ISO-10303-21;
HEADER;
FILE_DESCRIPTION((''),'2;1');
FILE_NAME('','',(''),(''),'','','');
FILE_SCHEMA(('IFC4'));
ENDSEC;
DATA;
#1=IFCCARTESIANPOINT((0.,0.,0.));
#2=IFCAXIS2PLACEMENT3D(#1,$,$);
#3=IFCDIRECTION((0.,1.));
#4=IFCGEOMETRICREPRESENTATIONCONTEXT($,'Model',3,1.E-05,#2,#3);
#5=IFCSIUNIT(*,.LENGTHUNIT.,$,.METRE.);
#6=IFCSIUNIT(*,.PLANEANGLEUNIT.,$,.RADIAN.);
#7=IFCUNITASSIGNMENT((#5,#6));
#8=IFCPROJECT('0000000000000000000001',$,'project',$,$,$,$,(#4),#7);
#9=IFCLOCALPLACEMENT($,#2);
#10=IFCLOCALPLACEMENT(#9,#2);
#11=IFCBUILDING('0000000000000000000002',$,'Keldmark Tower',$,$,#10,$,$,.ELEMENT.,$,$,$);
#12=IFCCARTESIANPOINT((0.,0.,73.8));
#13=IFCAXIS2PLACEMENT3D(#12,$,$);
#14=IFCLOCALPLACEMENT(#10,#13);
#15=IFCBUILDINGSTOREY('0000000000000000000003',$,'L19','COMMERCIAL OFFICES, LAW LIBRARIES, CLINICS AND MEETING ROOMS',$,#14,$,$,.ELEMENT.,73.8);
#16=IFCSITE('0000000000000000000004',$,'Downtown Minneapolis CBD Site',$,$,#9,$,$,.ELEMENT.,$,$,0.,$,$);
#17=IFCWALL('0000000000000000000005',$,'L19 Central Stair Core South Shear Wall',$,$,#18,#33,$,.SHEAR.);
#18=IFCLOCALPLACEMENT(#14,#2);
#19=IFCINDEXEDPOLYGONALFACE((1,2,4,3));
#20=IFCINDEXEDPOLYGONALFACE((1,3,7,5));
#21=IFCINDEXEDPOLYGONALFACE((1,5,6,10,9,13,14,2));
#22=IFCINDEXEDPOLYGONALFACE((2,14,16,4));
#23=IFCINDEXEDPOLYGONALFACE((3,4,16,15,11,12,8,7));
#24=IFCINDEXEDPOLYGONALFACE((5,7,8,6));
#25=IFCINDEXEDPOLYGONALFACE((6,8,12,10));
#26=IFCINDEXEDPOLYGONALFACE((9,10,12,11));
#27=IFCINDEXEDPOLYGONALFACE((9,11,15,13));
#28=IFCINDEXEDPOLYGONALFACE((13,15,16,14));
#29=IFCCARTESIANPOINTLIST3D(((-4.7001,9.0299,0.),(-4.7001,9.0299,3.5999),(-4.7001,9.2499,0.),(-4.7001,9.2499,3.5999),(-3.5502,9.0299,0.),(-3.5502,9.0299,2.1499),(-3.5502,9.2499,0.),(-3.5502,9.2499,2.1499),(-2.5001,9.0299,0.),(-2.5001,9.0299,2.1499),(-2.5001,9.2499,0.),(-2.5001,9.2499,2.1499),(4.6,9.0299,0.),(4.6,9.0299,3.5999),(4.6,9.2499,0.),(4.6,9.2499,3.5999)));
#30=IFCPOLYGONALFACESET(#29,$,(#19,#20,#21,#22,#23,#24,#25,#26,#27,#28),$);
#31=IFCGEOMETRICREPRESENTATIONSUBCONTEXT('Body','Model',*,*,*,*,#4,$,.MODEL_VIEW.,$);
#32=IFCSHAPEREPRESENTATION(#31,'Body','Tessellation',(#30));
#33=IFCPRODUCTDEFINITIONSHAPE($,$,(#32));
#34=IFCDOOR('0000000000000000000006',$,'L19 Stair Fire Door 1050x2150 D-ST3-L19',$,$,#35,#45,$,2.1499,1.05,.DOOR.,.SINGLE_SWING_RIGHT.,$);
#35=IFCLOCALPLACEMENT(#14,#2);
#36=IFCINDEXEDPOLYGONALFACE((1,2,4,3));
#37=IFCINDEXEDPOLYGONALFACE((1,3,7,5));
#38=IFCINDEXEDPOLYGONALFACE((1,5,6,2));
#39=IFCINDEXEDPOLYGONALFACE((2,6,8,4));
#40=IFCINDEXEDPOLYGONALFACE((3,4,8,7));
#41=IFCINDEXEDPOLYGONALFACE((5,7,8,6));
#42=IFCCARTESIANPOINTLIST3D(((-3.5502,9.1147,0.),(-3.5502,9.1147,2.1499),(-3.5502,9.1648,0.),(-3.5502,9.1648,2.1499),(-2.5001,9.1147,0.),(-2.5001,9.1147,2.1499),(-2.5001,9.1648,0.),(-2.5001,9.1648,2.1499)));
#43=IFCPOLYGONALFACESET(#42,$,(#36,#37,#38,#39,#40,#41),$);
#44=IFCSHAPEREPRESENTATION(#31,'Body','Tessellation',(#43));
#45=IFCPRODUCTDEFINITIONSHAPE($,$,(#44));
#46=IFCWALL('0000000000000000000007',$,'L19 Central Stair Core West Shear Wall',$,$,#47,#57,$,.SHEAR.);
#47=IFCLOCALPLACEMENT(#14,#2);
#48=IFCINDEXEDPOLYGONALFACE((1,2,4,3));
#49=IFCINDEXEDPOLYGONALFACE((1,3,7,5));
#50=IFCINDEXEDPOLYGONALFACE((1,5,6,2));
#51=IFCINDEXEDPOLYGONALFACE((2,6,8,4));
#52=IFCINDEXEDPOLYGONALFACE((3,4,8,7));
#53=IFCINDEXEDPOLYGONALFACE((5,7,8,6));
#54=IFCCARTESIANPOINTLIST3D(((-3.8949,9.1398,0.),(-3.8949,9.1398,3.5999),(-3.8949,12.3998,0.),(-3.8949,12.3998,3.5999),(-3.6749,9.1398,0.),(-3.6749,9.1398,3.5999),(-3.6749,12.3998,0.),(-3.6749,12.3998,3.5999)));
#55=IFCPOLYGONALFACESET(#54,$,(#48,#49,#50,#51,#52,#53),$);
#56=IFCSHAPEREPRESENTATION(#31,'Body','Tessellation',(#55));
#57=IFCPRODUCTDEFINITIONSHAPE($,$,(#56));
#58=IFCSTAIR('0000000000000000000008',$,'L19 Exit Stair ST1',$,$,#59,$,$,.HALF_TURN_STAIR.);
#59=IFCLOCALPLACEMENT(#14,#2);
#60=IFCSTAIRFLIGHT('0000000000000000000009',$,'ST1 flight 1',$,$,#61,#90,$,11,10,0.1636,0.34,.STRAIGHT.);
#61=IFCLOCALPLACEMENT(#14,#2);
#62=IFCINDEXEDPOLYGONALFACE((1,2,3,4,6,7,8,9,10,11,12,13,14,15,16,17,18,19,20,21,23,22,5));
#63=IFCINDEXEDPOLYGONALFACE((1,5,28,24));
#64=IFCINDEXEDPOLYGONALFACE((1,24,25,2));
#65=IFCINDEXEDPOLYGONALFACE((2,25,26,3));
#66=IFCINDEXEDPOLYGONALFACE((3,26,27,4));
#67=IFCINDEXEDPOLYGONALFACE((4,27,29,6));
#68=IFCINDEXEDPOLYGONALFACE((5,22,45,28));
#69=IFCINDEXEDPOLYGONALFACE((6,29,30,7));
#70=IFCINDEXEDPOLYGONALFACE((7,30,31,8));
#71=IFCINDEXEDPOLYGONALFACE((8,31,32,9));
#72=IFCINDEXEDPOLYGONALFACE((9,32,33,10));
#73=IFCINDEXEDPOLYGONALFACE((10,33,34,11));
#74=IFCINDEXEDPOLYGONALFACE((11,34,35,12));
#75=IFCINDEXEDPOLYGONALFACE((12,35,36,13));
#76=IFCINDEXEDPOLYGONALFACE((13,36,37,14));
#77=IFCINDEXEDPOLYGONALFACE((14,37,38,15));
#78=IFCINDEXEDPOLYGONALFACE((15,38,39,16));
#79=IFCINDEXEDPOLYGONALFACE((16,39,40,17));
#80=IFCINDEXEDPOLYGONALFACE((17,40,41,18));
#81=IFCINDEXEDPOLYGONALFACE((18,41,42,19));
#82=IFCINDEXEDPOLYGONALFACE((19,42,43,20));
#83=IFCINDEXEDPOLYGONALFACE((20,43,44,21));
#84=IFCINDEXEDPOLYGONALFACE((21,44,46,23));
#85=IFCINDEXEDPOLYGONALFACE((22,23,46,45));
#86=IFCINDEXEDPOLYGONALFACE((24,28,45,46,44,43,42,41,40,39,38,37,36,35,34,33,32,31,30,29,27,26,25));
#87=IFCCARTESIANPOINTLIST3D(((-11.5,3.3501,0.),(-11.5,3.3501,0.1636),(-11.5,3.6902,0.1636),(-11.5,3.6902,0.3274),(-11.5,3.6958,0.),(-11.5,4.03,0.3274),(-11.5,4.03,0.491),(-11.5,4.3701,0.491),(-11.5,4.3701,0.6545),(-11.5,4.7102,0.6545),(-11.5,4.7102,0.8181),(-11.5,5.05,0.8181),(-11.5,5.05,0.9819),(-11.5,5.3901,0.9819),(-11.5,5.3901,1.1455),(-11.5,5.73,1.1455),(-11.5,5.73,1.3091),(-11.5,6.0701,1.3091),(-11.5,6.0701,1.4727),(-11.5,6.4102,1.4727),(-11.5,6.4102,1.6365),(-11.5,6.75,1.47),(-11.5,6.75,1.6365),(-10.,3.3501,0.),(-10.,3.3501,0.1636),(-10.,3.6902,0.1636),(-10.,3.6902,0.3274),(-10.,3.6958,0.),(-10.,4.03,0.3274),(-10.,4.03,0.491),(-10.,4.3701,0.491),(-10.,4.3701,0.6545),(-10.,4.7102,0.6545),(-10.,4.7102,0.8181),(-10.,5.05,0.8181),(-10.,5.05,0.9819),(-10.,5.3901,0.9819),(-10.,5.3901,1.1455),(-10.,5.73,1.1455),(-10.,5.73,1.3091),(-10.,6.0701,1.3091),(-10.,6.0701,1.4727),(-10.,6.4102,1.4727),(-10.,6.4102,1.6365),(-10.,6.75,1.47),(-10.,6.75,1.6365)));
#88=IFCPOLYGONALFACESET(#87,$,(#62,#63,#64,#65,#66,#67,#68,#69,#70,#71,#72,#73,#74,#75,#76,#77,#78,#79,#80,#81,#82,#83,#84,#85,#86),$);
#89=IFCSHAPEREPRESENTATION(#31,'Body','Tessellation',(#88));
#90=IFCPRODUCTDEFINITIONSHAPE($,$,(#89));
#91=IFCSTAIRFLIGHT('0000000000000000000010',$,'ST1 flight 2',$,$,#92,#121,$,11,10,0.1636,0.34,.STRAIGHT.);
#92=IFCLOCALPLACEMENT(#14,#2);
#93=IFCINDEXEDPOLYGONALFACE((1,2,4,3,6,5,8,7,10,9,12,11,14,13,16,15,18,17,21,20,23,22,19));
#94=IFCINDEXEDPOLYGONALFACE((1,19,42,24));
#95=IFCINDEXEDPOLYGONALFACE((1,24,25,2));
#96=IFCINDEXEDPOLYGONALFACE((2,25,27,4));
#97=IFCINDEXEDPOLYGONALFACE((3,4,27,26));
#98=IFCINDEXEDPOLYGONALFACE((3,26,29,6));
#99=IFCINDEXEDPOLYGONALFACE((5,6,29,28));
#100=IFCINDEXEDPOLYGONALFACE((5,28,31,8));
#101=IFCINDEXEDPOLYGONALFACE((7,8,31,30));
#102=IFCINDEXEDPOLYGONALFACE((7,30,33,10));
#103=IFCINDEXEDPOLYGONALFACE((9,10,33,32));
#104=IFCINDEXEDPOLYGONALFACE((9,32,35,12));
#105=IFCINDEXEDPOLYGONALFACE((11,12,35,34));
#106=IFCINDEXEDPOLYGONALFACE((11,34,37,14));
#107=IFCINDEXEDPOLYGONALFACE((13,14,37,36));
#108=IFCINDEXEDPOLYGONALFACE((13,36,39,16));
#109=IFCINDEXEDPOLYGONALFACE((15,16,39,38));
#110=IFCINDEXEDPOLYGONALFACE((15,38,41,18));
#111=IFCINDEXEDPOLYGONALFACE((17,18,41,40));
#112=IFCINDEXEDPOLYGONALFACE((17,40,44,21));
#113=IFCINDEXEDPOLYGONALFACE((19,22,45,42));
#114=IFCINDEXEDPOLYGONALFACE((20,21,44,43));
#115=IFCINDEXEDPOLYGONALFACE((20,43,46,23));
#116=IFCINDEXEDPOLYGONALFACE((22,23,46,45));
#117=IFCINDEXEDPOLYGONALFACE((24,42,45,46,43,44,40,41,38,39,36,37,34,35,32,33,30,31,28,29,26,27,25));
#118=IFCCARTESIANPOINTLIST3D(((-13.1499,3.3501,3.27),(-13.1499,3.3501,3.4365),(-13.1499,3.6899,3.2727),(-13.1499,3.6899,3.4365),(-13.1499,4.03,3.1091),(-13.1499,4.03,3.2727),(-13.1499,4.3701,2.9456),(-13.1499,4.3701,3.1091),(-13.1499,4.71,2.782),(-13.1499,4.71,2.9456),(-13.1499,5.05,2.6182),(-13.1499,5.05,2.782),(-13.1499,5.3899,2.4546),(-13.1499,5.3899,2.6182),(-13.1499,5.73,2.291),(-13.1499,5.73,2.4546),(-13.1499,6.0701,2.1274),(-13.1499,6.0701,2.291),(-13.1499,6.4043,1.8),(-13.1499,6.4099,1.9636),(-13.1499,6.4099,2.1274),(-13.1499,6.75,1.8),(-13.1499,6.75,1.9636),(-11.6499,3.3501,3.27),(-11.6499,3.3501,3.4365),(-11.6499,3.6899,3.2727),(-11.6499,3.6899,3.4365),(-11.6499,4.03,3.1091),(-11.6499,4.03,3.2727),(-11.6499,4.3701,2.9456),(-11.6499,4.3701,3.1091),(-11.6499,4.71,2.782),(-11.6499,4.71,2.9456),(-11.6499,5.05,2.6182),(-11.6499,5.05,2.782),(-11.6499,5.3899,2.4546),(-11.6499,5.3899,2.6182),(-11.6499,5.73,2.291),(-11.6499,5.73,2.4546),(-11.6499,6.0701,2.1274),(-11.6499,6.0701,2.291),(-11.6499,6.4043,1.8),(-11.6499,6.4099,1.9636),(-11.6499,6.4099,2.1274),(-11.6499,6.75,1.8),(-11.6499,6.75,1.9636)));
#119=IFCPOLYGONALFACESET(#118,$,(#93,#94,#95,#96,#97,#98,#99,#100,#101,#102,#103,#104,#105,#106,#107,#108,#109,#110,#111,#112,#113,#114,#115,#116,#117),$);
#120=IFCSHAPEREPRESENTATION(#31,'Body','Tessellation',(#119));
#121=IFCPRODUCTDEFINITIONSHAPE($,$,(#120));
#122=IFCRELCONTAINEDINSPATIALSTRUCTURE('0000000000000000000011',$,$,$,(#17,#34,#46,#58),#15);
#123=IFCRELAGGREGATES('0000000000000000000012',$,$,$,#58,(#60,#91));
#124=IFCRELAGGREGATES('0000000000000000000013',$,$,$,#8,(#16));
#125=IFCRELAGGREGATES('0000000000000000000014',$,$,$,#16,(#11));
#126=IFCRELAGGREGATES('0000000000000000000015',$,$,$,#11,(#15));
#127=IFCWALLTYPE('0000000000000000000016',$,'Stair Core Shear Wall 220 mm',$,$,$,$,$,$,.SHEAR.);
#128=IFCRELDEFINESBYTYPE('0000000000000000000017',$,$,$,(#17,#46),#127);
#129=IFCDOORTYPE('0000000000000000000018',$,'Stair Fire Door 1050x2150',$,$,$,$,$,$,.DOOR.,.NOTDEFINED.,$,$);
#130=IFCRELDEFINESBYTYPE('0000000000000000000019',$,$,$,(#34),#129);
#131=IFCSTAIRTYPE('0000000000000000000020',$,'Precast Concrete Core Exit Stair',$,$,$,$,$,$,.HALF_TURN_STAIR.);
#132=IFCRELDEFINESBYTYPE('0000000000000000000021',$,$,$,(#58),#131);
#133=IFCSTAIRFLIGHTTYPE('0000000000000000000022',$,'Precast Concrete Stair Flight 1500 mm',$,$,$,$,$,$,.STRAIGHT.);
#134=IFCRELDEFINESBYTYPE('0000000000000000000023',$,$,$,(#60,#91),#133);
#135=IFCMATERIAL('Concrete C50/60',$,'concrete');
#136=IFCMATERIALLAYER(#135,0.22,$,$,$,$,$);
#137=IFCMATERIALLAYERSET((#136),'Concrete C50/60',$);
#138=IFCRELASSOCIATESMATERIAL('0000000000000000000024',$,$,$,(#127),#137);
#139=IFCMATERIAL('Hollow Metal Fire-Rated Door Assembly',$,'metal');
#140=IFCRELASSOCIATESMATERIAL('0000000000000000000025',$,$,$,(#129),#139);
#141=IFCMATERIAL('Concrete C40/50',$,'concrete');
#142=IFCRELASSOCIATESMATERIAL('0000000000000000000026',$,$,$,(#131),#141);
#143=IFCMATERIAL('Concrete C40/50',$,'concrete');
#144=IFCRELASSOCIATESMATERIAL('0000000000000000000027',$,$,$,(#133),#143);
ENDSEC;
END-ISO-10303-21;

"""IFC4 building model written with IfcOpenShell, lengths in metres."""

from ifc_helpers import new_model, si_unit, direction, frame, frame_2d, origin, place, context, subcontext, project, spatial, polyline, rectangle, outline, extrude, material, layer, layer_set, type_object, element, fill, aggregate, save


model = new_model("IFC4")

# Units and contexts
model_context = context("Model", 3, precision=1e-05, world=origin(), true_north=direction((0.0, 1.0)))
body_context = subcontext(model_context, "Body", "Model", "MODEL_VIEW")
ifc_project = project(units=[si_unit("LENGTHUNIT", "METRE"), si_unit("PLANEANGLEUNIT", "RADIAN")], contexts=[model_context])

# Site, building, storey
site_placement = place(None, origin())
site = spatial("IfcSite", under=ifc_project, at=site_placement, Name="Downtown Minneapolis CBD Site", CompositionType="ELEMENT", RefElevation=0.0)
building_placement = place(site_placement, origin())
building = spatial("IfcBuilding", under=site, at=building_placement, Name="Keldmark Tower", CompositionType="ELEMENT")
storey_placement = place(building_placement, frame((0.0, 0.0, 73.8)))
storey = spatial("IfcBuildingStorey", under=building, at=storey_placement, Name="L19", Description="COMMERCIAL OFFICES, LAW LIBRARIES, CLINICS AND MEETING ROOMS", CompositionType="ELEMENT", Elevation=73.8)

# Wall, opening, door
ifc_material_1 = material(Name="Concrete C50/60", Category="concrete")
ifc_layer_1 = layer(ifc_material_1, 0.22)
ifc_layer_set_1 = layer_set([ifc_layer_1], Name="Concrete C50/60")
wall_type_1 = type_object("IfcWallType", Name="Stair Core Shear Wall 220 mm", PredefinedType="SHEAR", material=ifc_layer_set_1)
wall_1_placement = place(storey_placement, frame((-4.7, 9.1399, 0.0), z_axis=(0.0, 0.0, 1.0), x_axis=(1.0, 0.0, 0.0)))
wall_1 = element("IfcWall", 1, at=wall_1_placement, inside=storey, type_object=wall_type_1, Name="L19 Central Stair Core South Shear Wall", PredefinedType="SHEAR", context=body_context, shape_type="SweptSolid", body=[
    extrude(rectangle(XDim=9.3, YDim=0.22, at=frame_2d((4.6499, 0.0))), origin(), (0.0, 0.0, 1.0), 3.5999),
])
opening_1_placement = place(wall_1_placement, frame((1.1499, 0.0, 0.0)))
opening_1 = element("IfcOpeningElement", 2, at=opening_1_placement, cuts=wall_1, PredefinedType="OPENING", context=body_context, shape_type="SweptSolid", body=[
    extrude(rectangle(XDim=1.05, YDim=2.1499, at=frame_2d((0.5249, 1.075))), frame((0.0, 0.1199, 0.0), z_axis=(0.0, -1.0, 0.0), x_axis=(1.0, 0.0, 0.0)), (0.0, 0.0, 1.0), 0.24),
])
ifc_material_2 = material(Name="Hollow Metal Fire-Rated Door Assembly", Category="metal")
door_type_1 = type_object("IfcDoorType", Name="Stair Fire Door 1050x2150", OperationType="NOTDEFINED", PredefinedType="DOOR", material=ifc_material_2)
door_1_placement = place(opening_1_placement, origin())
door_1 = element("IfcDoor", 3, at=door_1_placement, inside=storey, type_object=door_type_1, Name="L19 Stair Fire Door 1050x2150 D-ST3-L19", OperationType="SINGLE_SWING_RIGHT", OverallHeight=2.1499, OverallWidth=1.05, PredefinedType="DOOR", context=body_context, shape_type="SweptSolid", body=[
    extrude(rectangle(XDim=1.05, YDim=2.1499, at=frame_2d((0.5249, 1.075))), frame((0.0, 0.0249, 0.0), z_axis=(0.0, -1.0, 0.0), x_axis=(1.0, 0.0, 0.0)), (0.0, 0.0, 1.0), 0.05),
])
fill(opening_1, door_1)

# Wall
wall_2_placement = place(storey_placement, frame((-3.7849, 9.1399, 0.0), z_axis=(0.0, 0.0, 1.0), x_axis=(0.0, 1.0, 0.0)))
element("IfcWall", 4, at=wall_2_placement, inside=storey, type_object=wall_type_1, Name="L19 Central Stair Core West Shear Wall", PredefinedType="SHEAR", context=body_context, shape_type="SweptSolid", body=[
    extrude(rectangle(XDim=3.26, YDim=0.22, at=frame_2d((1.6299, 0.0))), origin(), (0.0, 0.0, 1.0), 3.5999),
])

# Stair, stair flights
ifc_material_3 = material(Name="Concrete C40/50", Category="concrete")
stair_type = type_object("IfcStairType", Name="Precast Concrete Core Exit Stair", PredefinedType="HALF_TURN_STAIR", material=ifc_material_3)
stair_placement = place(storey_placement, origin())
stair = element("IfcStair", 5, at=stair_placement, inside=storey, type_object=stair_type, Name="L19 Exit Stair ST1", PredefinedType="HALF_TURN_STAIR")
ifc_material_4 = material(Name="Concrete C40/50", Category="concrete")
stair_flight_type = type_object("IfcStairFlightType", Name="Precast Concrete Stair Flight 1500 mm", PredefinedType="STRAIGHT", material=ifc_material_4)
stair_flight_1_placement = place(storey_placement, frame((-10.75, 3.3501, 0.0), z_axis=(0.0, 0.0, 1.0), x_axis=(0.0, 1.0, 0.0)))
stair_flight_1 = element("IfcStairFlight", 6, at=stair_flight_1_placement, type_object=stair_flight_type, Name="ST1 flight 1", NumberOfRisers=11, NumberOfTreads=10, PredefinedType="STRAIGHT", RiserHeight=0.1636, TreadLength=0.34, context=body_context, shape_type="SweptSolid", body=[
    extrude(outline(polyline([(0.0, 0.0), (0.0, 0.1636), (0.3401, 0.1636), (0.3401, 0.3274), (0.6799, 0.3274), (0.6799, 0.491), (1.02, 0.491), (1.02, 0.6545), (1.3601, 0.6545), (1.3601, 0.8181), (1.7, 0.8181), (1.7, 0.9819), (2.04, 0.9819), (2.04, 1.1455), (2.3799, 1.1455), (2.3799, 1.3091), (2.72, 1.3091), (2.72, 1.4727), (3.0601, 1.4727), (3.0601, 1.6365), (3.3999, 1.6365), (3.3999, 1.8), (3.3999, 1.47), (0.3457, 0.0), (0.0, 0.0)])), frame((0.0, 0.75, 0.0), z_axis=(0.0, -1.0, 0.0), x_axis=(1.0, 0.0, 0.0)), (0.0, 0.0, 1.0), 1.5),
])
stair_flight_2_placement = place(storey_placement, frame((-12.3999, 6.75, 1.8), z_axis=(0.0, 0.0, 1.0), x_axis=(0.0, -1.0, 0.0)))
stair_flight_2 = element("IfcStairFlight", 7, at=stair_flight_2_placement, type_object=stair_flight_type, Name="ST1 flight 2", NumberOfRisers=11, NumberOfTreads=10, PredefinedType="STRAIGHT", RiserHeight=0.1636, TreadLength=0.34, context=body_context, shape_type="SweptSolid", body=[
    extrude(outline(polyline([(0.0, 0.0), (0.0, 0.1636), (0.3401, 0.1636), (0.3401, 0.3274), (0.6799, 0.3274), (0.6799, 0.491), (1.02, 0.491), (1.02, 0.6545), (1.3601, 0.6545), (1.3601, 0.8181), (1.7, 0.8181), (1.7, 0.9819), (2.04, 0.9819), (2.04, 1.1455), (2.3799, 1.1455), (2.3799, 1.3091), (2.72, 1.3091), (2.72, 1.4727), (3.0601, 1.4727), (3.0601, 1.6365), (3.3999, 1.6365), (3.3999, 1.8), (3.3999, 1.47), (0.3457, 0.0), (0.0, 0.0)])), frame((0.0, 0.75, 0.0), z_axis=(0.0, -1.0, 0.0), x_axis=(1.0, 0.0, 0.0)), (0.0, 0.0, 1.0), 1.5),
])
aggregate(stair, [stair_flight_1, stair_flight_2])

save(model, "model.ifc")
